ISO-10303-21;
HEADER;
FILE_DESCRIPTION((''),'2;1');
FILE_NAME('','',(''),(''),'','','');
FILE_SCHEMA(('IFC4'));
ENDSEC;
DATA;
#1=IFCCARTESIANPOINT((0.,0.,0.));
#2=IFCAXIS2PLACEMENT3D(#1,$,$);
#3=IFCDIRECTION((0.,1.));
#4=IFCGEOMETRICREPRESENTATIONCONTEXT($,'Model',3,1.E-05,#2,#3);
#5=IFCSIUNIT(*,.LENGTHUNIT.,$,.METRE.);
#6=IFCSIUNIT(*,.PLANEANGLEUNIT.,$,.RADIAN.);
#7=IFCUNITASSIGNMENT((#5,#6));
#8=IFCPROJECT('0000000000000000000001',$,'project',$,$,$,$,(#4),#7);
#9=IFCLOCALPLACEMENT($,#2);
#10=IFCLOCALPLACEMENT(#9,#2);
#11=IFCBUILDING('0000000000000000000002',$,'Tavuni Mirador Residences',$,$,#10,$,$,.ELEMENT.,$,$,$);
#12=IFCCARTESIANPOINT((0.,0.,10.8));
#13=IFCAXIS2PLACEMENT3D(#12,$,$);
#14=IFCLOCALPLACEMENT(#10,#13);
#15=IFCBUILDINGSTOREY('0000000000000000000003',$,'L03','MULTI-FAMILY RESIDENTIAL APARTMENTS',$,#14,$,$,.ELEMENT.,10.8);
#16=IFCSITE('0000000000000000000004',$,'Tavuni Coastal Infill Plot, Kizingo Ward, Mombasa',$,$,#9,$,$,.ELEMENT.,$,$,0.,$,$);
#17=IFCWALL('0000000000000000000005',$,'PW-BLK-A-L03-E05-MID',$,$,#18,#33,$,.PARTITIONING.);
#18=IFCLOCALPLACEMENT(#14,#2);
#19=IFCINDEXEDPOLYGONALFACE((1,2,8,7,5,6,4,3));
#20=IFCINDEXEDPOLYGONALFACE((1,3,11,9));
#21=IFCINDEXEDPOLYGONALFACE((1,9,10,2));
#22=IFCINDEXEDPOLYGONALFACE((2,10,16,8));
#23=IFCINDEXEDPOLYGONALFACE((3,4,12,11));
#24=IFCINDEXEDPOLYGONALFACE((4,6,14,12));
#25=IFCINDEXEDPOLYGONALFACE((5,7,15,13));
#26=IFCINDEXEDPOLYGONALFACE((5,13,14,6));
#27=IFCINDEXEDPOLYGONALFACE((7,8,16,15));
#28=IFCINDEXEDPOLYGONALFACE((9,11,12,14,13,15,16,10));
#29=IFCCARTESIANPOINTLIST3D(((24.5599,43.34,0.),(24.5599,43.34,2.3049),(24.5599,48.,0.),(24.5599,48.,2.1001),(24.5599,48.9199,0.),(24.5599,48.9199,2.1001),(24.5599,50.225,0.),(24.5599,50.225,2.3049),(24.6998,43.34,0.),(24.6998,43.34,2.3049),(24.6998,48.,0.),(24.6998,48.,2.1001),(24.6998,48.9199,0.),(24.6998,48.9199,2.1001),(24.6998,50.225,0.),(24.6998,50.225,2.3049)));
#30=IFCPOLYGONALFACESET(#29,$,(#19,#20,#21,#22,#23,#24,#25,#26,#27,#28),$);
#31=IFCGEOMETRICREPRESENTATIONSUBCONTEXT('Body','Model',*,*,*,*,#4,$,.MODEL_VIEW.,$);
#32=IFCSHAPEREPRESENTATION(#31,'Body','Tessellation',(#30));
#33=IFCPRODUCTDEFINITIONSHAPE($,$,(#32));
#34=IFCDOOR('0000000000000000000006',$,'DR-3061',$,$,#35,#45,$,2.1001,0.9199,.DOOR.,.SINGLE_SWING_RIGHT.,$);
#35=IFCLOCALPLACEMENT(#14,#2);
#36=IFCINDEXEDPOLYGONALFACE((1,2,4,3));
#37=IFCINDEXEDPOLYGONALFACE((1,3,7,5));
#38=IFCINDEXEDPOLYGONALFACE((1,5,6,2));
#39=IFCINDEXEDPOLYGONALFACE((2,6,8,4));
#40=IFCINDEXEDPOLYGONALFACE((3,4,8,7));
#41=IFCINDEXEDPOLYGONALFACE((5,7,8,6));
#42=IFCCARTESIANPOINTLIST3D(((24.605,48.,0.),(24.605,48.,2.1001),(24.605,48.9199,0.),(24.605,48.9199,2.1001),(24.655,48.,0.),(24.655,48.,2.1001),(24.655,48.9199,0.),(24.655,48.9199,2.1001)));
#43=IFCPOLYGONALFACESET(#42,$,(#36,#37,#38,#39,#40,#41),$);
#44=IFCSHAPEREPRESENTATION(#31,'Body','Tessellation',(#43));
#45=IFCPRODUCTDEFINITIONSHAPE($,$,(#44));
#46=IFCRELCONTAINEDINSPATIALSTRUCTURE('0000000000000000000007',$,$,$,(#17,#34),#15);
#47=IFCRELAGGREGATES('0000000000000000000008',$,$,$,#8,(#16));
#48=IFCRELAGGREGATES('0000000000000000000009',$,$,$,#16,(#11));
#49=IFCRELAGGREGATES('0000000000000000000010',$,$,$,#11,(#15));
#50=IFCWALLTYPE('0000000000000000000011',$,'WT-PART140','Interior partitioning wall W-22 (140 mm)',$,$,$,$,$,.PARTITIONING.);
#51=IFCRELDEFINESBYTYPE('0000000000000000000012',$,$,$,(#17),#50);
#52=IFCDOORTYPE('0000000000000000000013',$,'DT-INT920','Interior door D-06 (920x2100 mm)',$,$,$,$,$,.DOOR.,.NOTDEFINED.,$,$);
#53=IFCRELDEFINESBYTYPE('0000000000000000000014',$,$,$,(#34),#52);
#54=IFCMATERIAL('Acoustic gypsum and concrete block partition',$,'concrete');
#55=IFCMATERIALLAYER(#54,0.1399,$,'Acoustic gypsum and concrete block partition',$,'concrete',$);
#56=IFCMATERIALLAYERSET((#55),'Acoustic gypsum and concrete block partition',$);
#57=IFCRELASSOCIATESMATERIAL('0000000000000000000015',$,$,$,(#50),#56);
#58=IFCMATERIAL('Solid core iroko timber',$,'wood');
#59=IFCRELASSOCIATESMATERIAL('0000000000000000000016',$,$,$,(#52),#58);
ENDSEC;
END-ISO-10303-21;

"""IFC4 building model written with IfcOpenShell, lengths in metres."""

from ifc_helpers import new_model, si_unit, direction, frame, frame_2d, origin, place, context, subcontext, project, spatial, rectangle, extrude, material, layer, layer_set, type_object, element, fill, save


model = new_model("IFC4")

# Units and contexts
model_context = context("Model", 3, precision=1e-05, world=origin(), true_north=direction((0.0, 1.0)))
body_context = subcontext(model_context, "Body", "Model", "MODEL_VIEW")
ifc_project = project(units=[si_unit("LENGTHUNIT", "METRE"), si_unit("PLANEANGLEUNIT", "RADIAN")], contexts=[model_context])

# Site, building, storey
site_placement = place(None, origin())
site = spatial("IfcSite", under=ifc_project, at=site_placement, Name="Tavuni Coastal Infill Plot, Kizingo Ward, Mombasa", CompositionType="ELEMENT", RefElevation=0.0)
building_placement = place(site_placement, origin())
building = spatial("IfcBuilding", under=site, at=building_placement, Name="Tavuni Mirador Residences", CompositionType="ELEMENT")
storey_placement = place(building_placement, frame((0.0, 0.0, 10.8)))
storey = spatial("IfcBuildingStorey", under=building, at=storey_placement, Name="L03", Description="MULTI-FAMILY RESIDENTIAL APARTMENTS", CompositionType="ELEMENT", Elevation=10.8)

# Shared definitions
ifc_material_1 = material(Name="Solid core iroko timber", Category="wood")

# Wall, opening, door
ifc_material_2 = material(Name="Acoustic gypsum and concrete block partition", Category="concrete")
ifc_layer_1 = layer(ifc_material_2, 0.1399, Name="Acoustic gypsum and concrete block partition", Category="concrete")
ifc_layer_set_1 = layer_set([ifc_layer_1], Name="Acoustic gypsum and concrete block partition")
wall_type_1 = type_object("IfcWallType", Name="WT-PART140", Description="Interior partitioning wall W-22 (140 mm)", PredefinedType="PARTITIONING", material=ifc_layer_set_1)
wall_1_placement = place(storey_placement, frame((24.6299, 43.3401, 0.0), z_axis=(0.0, 0.0, 1.0), x_axis=(0.0, 1.0, 0.0)))
wall_1 = element("IfcWall", 1, at=wall_1_placement, inside=storey, type_object=wall_type_1, Name="PW-BLK-A-L03-E05-MID", PredefinedType="PARTITIONING", context=body_context, shape_type="SweptSolid", body=[
    extrude(rectangle(XDim=6.885, YDim=0.1399, at=frame_2d((3.4424, 0.0))), origin(), (0.0, 0.0, 1.0), 2.3049),
])
opening_1_placement = place(wall_1_placement, frame((4.6599, 0.0, 0.0)))
opening_1 = element("IfcOpeningElement", 2, at=opening_1_placement, cuts=wall_1, PredefinedType="OPENING", context=body_context, shape_type="SweptSolid", body=[
    extrude(rectangle(XDim=0.9199, YDim=2.1001, at=frame_2d((0.46, 1.05))), frame((0.0, 0.0801, 0.0), z_axis=(0.0, -1.0, 0.0), x_axis=(1.0, 0.0, 0.0)), (0.0, 0.0, 1.0), 0.1599),
])
door_type_1 = type_object("IfcDoorType", Name="DT-INT920", Description="Interior door D-06 (920x2100 mm)", OperationType="NOTDEFINED", PredefinedType="DOOR", material=ifc_material_1)
door_1_placement = place(opening_1_placement, origin())
door_1 = element("IfcDoor", 3, at=door_1_placement, inside=storey, type_object=door_type_1, Name="DR-3061", OperationType="SINGLE_SWING_RIGHT", OverallHeight=2.1001, OverallWidth=0.9199, PredefinedType="DOOR", context=body_context, shape_type="SweptSolid", body=[
    extrude(rectangle(XDim=0.9199, YDim=2.1001, at=frame_2d((0.46, 1.05))), frame((0.0, 0.0249, 0.0), z_axis=(0.0, -1.0, 0.0), x_axis=(1.0, 0.0, 0.0)), (0.0, 0.0, 1.0), 0.05),
])
fill(opening_1, door_1)

save(model, "model.ifc")
